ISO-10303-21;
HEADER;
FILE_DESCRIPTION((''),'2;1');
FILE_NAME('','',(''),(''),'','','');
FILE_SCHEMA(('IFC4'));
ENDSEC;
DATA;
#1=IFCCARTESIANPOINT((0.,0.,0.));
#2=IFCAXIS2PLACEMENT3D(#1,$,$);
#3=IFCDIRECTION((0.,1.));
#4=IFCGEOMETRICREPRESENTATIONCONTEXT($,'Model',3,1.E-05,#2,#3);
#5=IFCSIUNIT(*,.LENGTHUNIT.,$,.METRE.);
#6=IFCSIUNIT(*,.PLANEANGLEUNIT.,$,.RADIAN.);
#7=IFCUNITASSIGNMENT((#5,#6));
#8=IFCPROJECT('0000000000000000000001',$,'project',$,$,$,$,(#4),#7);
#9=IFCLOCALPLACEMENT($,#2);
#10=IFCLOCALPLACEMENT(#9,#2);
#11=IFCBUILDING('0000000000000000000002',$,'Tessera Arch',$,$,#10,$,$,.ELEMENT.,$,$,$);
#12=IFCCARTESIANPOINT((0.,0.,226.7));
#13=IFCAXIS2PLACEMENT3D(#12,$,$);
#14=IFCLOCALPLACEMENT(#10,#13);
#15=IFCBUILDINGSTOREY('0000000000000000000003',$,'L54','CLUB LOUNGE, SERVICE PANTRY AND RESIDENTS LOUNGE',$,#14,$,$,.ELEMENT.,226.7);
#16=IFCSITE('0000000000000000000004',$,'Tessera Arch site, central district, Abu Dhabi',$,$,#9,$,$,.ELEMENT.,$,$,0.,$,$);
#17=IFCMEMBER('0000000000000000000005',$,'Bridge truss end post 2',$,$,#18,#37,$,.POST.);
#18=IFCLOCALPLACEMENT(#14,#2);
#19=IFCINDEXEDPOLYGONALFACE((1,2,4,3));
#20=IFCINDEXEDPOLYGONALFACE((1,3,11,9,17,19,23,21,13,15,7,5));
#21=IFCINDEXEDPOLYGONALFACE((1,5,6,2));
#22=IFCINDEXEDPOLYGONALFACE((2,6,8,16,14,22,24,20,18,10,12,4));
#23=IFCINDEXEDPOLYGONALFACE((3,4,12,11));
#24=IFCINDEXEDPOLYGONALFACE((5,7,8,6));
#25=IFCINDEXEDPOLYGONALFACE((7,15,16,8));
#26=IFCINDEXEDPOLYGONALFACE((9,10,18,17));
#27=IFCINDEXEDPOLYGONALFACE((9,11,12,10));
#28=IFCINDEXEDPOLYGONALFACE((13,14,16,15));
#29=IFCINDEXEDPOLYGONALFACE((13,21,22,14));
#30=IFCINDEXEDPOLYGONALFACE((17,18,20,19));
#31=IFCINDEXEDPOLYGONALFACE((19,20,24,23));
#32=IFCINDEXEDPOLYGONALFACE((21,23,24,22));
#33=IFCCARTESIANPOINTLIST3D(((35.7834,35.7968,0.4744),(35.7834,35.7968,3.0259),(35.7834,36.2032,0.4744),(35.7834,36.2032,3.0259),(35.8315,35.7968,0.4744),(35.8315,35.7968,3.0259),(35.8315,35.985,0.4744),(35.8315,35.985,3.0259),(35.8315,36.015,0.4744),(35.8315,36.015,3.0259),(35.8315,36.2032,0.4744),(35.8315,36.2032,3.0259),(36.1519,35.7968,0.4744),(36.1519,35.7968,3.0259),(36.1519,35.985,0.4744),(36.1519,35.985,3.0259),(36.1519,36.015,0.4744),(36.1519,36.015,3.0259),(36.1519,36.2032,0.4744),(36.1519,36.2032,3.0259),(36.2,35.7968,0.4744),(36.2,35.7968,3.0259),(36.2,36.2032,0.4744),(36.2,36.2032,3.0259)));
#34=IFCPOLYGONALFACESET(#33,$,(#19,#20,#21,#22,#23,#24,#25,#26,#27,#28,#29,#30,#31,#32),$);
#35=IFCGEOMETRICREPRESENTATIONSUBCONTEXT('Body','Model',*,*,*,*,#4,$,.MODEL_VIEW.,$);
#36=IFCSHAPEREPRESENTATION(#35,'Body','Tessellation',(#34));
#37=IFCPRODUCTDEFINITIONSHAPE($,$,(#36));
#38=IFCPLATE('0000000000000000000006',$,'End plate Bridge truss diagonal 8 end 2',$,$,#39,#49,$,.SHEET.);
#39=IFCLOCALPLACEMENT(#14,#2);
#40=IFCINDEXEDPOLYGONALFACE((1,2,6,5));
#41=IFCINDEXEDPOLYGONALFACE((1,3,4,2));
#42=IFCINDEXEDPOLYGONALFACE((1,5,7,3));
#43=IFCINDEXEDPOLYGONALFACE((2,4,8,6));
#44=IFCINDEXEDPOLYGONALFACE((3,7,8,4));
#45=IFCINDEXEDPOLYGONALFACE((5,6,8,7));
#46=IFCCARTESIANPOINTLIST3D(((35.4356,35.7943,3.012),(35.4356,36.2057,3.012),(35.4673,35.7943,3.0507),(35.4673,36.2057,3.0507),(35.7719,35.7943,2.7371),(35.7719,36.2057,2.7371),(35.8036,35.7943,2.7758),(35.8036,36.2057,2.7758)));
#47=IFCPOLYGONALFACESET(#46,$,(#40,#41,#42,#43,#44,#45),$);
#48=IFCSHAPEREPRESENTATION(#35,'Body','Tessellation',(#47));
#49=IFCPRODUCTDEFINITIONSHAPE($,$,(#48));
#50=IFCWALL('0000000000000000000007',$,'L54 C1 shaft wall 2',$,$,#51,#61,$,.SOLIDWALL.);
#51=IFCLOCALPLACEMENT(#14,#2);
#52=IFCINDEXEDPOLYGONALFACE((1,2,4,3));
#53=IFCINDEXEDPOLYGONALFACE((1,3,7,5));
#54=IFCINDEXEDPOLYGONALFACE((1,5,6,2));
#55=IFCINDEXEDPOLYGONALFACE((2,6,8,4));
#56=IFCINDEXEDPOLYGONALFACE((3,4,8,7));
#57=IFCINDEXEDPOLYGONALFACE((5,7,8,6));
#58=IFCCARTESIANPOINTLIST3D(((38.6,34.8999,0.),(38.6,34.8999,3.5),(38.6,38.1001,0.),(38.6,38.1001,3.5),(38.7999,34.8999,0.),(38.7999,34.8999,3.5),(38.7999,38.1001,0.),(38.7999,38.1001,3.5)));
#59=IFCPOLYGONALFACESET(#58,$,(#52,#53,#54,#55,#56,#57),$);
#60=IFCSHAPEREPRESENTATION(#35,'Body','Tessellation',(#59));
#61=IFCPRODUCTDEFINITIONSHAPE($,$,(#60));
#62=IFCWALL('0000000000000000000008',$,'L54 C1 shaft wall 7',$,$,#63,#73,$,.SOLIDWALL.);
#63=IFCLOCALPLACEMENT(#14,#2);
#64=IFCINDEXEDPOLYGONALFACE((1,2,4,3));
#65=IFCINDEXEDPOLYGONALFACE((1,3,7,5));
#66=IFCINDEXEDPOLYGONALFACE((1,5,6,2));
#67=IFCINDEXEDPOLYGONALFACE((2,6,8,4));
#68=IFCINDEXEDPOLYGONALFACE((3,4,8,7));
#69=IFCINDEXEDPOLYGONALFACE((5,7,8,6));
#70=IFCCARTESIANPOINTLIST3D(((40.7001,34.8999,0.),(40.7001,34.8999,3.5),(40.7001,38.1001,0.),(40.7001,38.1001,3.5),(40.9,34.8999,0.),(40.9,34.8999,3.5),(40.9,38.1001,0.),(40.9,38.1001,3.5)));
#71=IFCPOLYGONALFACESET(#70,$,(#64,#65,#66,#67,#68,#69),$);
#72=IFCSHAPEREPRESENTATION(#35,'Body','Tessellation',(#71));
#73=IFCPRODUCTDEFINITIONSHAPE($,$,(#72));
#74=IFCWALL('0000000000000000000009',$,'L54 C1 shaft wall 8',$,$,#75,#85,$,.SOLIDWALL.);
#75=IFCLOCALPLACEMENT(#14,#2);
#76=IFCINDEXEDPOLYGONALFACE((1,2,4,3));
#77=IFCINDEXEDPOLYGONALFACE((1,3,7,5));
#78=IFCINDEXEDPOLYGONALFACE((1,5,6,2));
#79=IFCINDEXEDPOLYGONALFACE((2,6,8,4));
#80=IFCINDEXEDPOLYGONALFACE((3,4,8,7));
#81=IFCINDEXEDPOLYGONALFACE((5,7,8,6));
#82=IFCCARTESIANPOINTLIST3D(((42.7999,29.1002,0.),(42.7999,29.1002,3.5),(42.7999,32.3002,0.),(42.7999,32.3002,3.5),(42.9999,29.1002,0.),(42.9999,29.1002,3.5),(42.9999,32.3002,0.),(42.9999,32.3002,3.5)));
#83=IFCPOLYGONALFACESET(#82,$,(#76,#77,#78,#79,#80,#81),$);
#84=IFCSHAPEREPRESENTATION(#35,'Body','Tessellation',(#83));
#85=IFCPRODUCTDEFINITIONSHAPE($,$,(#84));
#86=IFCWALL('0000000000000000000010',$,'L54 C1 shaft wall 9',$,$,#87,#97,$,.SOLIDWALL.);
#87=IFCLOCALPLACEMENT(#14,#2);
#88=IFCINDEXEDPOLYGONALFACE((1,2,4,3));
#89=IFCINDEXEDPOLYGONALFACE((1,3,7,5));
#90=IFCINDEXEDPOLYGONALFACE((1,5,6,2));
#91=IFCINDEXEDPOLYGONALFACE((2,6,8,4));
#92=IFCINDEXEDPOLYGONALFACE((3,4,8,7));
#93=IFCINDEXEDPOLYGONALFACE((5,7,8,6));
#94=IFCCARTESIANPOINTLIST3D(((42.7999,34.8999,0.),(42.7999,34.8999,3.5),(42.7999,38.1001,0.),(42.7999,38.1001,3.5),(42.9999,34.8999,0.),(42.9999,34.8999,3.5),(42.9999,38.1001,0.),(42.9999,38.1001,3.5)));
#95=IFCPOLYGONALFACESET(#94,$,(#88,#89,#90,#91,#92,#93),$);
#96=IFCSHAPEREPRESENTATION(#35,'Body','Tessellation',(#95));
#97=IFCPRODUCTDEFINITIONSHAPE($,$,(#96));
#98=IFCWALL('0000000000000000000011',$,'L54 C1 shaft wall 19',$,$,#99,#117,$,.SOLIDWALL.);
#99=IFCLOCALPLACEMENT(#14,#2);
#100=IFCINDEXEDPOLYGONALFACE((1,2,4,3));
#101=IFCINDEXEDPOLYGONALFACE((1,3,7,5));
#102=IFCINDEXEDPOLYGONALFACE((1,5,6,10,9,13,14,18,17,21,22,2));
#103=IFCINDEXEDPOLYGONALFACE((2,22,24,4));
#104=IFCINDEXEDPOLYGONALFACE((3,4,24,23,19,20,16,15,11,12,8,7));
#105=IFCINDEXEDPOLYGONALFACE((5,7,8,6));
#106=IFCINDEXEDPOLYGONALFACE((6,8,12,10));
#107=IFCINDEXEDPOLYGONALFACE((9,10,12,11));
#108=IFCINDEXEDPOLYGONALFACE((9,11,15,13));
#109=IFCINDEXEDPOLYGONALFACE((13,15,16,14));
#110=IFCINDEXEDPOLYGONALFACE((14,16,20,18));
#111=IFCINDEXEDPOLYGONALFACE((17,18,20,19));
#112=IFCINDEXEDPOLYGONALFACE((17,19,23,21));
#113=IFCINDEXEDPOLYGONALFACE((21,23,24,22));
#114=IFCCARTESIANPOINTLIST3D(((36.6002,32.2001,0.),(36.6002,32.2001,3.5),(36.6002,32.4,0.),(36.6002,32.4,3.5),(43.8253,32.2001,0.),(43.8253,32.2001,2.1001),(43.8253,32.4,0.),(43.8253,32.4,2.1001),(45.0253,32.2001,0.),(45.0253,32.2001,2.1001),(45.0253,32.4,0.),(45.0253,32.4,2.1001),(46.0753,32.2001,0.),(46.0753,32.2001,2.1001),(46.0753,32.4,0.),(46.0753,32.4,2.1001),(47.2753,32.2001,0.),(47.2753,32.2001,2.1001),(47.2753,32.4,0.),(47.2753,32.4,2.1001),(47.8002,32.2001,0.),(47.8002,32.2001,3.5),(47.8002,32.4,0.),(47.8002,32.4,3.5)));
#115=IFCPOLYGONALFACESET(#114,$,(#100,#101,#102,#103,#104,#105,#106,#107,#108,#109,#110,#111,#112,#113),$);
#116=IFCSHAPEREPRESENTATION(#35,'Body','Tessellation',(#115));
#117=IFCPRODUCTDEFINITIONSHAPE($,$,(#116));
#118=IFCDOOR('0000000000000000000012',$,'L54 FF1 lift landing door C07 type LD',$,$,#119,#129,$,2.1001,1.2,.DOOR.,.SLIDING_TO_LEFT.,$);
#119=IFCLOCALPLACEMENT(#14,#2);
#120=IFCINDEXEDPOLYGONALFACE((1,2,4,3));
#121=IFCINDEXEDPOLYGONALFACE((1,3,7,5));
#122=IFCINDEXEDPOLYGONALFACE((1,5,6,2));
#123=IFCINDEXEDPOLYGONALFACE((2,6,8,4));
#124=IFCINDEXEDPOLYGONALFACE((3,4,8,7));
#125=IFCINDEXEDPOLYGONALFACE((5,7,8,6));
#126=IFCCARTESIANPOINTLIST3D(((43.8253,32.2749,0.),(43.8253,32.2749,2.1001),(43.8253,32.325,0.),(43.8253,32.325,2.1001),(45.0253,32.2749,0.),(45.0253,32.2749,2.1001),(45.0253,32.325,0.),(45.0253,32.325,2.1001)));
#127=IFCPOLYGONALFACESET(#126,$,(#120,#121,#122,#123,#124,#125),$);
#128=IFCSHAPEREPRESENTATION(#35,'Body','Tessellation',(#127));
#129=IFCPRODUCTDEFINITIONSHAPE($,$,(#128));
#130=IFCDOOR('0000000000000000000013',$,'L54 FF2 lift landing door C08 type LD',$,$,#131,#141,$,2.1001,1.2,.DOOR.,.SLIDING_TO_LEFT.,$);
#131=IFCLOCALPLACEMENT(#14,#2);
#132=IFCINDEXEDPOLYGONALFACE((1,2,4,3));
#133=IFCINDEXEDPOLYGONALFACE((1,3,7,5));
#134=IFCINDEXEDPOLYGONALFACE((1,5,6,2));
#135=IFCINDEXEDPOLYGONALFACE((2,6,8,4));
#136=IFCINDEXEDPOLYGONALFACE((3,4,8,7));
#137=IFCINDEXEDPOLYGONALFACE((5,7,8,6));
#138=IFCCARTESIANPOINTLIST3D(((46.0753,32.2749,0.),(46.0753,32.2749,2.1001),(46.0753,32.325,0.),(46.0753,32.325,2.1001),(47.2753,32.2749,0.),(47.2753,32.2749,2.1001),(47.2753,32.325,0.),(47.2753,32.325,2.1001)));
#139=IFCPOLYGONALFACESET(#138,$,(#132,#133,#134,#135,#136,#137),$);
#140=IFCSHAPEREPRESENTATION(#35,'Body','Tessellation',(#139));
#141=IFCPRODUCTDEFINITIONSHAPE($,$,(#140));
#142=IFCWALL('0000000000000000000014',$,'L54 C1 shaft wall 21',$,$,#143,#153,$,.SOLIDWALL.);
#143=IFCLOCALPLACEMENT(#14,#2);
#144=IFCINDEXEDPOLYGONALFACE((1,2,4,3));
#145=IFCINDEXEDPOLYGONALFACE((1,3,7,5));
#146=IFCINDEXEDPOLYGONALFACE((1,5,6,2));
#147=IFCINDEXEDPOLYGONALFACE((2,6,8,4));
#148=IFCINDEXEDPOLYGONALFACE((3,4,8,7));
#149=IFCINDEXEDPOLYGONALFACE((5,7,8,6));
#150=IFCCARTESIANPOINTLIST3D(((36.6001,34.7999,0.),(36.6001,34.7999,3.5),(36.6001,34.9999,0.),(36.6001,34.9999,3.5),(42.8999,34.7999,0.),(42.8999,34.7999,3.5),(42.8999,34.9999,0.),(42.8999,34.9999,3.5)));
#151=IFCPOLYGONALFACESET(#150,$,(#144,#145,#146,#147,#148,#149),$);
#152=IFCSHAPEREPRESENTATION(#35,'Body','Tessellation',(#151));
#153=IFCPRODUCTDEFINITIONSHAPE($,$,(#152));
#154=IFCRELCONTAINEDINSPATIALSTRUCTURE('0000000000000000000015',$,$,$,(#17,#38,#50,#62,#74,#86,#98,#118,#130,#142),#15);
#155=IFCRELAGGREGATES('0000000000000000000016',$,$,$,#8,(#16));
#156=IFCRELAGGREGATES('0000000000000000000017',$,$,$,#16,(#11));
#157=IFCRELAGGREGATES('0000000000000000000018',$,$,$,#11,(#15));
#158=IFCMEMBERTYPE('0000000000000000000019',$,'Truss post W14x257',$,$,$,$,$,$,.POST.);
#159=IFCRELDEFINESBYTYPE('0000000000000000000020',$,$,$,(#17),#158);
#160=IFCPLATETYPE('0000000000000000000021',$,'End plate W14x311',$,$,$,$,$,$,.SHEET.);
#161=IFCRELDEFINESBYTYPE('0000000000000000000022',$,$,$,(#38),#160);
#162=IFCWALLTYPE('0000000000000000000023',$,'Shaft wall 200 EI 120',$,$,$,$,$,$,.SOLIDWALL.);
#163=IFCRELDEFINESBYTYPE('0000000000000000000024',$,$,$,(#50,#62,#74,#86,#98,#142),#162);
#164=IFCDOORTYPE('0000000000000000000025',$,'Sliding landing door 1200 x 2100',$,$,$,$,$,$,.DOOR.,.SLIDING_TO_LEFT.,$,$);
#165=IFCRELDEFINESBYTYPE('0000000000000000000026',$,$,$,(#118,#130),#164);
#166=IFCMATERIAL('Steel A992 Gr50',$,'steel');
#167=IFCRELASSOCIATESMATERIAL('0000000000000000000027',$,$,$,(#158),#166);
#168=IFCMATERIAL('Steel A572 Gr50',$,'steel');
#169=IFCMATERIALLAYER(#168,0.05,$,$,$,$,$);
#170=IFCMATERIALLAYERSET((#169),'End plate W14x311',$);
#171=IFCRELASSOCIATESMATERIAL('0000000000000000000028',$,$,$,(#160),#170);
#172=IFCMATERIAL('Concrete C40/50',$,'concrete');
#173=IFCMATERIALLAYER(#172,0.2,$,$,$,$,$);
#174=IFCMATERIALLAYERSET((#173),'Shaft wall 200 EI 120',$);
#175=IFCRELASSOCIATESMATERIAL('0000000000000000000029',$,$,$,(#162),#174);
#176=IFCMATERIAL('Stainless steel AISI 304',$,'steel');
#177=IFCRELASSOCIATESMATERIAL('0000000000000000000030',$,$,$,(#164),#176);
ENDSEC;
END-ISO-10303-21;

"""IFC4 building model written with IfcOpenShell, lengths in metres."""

from ifc_helpers import new_model, si_unit, direction, frame, frame_2d, origin, origin_2d, place, context, subcontext, project, spatial, rectangle, i_section, extrude, material, layer, layer_set, material_profile, profile_set, type_object, element, fill, save


model = new_model("IFC4")

# Units and contexts
model_context = context("Model", 3, precision=1e-05, world=origin(), true_north=direction((0.0, 1.0)))
body_context = subcontext(model_context, "Body", "Model", "MODEL_VIEW")
ifc_project = project(units=[si_unit("LENGTHUNIT", "METRE"), si_unit("PLANEANGLEUNIT", "RADIAN")], contexts=[model_context])

# Site, building, storey
site_placement = place(None, origin())
site = spatial("IfcSite", under=ifc_project, at=site_placement, Name="Tessera Arch site, central district, Abu Dhabi", CompositionType="ELEMENT", RefElevation=0.0)
building_placement = place(site_placement, origin())
building = spatial("IfcBuilding", under=site, at=building_placement, Name="Tessera Arch", CompositionType="ELEMENT")
storey_placement = place(building_placement, frame((0.0, 0.0, 226.7)))
storey = spatial("IfcBuildingStorey", under=building, at=storey_placement, Name="L54", Description="CLUB LOUNGE, SERVICE PANTRY AND RESIDENTS LOUNGE", CompositionType="ELEMENT", Elevation=226.7)

# Member
ifc_material_1 = material(Name="Steel A992 Gr50", Category="steel")
ifc_material_profile = material_profile(ifc_material_1, i_section(OverallWidth=0.4065, OverallDepth=0.4165, WebThickness=0.03, FlangeThickness=0.0481, at=origin_2d()), Name="W14x257")
ifc_profile_set = profile_set([ifc_material_profile], Name="Steel A992 Gr50")
member_type = type_object("IfcMemberType", Name="Truss post W14x257", PredefinedType="POST", material=ifc_profile_set)
member_placement = place(storey_placement, frame((35.9917, 36.0, 0.4744), z_axis=(0.0, 0.0, 1.0), x_axis=(0.0, 1.0, 0.0)))
element("IfcMember", 1, at=member_placement, inside=storey, type_object=member_type, Name="Bridge truss end post 2", PredefinedType="POST", context=body_context, shape_type="SweptSolid", body=[
    extrude(i_section(OverallWidth=0.4065, OverallDepth=0.4165, WebThickness=0.03, FlangeThickness=0.0481, at=origin_2d()), origin(), (0.0, 0.0, 1.0), 2.5515),
])

# Plate
ifc_material_2 = material(Name="Steel A572 Gr50", Category="steel")
ifc_layer_1 = layer(ifc_material_2, 0.05)
ifc_layer_set_1 = layer_set([ifc_layer_1], Name="End plate W14x311")
plate_type = type_object("IfcPlateType", Name="End plate W14x311", PredefinedType="SHEET", material=ifc_layer_set_1)
plate_placement = place(storey_placement, frame((35.6038, 36.0, 2.8745), z_axis=(0.632973, 0.0, 0.774174), x_axis=(0.0, 1.0, 0.0)))
element("IfcPlate", 2, at=plate_placement, inside=storey, type_object=plate_type, Name="End plate Bridge truss diagonal 8 end 2", PredefinedType="SHEET", context=body_context, shape_type="SweptSolid", body=[
    extrude(rectangle(XDim=0.4114, YDim=0.4343, at=origin_2d()), origin(), (0.0, 0.0, 1.0), 0.05),
])

# Walls
ifc_material_3 = material(Name="Concrete C40/50", Category="concrete")
ifc_layer_2 = layer(ifc_material_3, 0.2)
ifc_layer_set_2 = layer_set([ifc_layer_2], Name="Shaft wall 200 EI 120")
wall_type_1 = type_object("IfcWallType", Name="Shaft wall 200 EI 120", PredefinedType="SOLIDWALL", material=ifc_layer_set_2)
for number, where, z_axis, x_axis, name in (
    (3, (38.7, 34.8999, 0.0), (0.0, 0.0, 1.0), (0.0, 1.0, 0.0), "L54 C1 shaft wall 2"),
    (4, (40.8, 34.8999, 0.0), (0.0, 0.0, 1.0), (0.0, 1.0, 0.0), "L54 C1 shaft wall 7"),
):
    element("IfcWall", number, at=place(storey_placement, frame(where, z_axis=z_axis, x_axis=x_axis)), inside=storey, type_object=wall_type_1, Name=name, PredefinedType="SOLIDWALL", context=body_context, shape_type="SweptSolid", body=[
        extrude(rectangle(XDim=3.2002, YDim=0.2, at=frame_2d((1.6001, 0.0))), origin(), (0.0, 0.0, 1.0), 3.5),
    ])
wall_1_placement = place(storey_placement, frame((42.8999, 29.1001, 0.0), z_axis=(0.0, 0.0, 1.0), x_axis=(0.0, 1.0, 0.0)))
element("IfcWall", 5, at=wall_1_placement, inside=storey, type_object=wall_type_1, Name="L54 C1 shaft wall 8", PredefinedType="SOLIDWALL", context=body_context, shape_type="SweptSolid", body=[
    extrude(rectangle(XDim=3.2, YDim=0.2, at=frame_2d((1.6001, 0.0))), origin(), (0.0, 0.0, 1.0), 3.5),
])
wall_2_placement = place(storey_placement, frame((42.8999, 34.8999, 0.0), z_axis=(0.0, 0.0, 1.0), x_axis=(0.0, 1.0, 0.0)))
element("IfcWall", 6, at=wall_2_placement, inside=storey, type_object=wall_type_1, Name="L54 C1 shaft wall 9", PredefinedType="SOLIDWALL", context=body_context, shape_type="SweptSolid", body=[
    extrude(rectangle(XDim=3.2002, YDim=0.2, at=frame_2d((1.6001, 0.0))), origin(), (0.0, 0.0, 1.0), 3.5),
])

# Wall, openings, doors
wall_3_placement = place(storey_placement, frame((36.6001, 32.3, 0.0), z_axis=(0.0, 0.0, 1.0), x_axis=(1.0, 0.0, 0.0)))
wall_3 = element("IfcWall", 7, at=wall_3_placement, inside=storey, type_object=wall_type_1, Name="L54 C1 shaft wall 19", PredefinedType="SOLIDWALL", context=body_context, shape_type="SweptSolid", body=[
    extrude(rectangle(XDim=11.2, YDim=0.2, at=frame_2d((5.6001, 0.0))), origin(), (0.0, 0.0, 1.0), 3.5),
])
opening_1_placement = place(wall_3_placement, frame((7.2251, 0.0, 0.0)))
opening_1 = element("IfcOpeningElement", 8, at=opening_1_placement, cuts=wall_3, PredefinedType="OPENING", context=body_context, shape_type="SweptSolid", body=[
    extrude(rectangle(XDim=1.2, YDim=2.1001, at=frame_2d((0.6001, 1.05))), frame((0.0, 0.1099, 0.0), z_axis=(0.0, -1.0, 0.0), x_axis=(1.0, 0.0, 0.0)), (0.0, 0.0, 1.0), 0.22),
])
opening_2_placement = place(wall_3_placement, frame((9.4751, 0.0, 0.0)))
opening_2 = element("IfcOpeningElement", 9, at=opening_2_placement, cuts=wall_3, PredefinedType="OPENING", context=body_context, shape_type="SweptSolid", body=[
    extrude(rectangle(XDim=1.2, YDim=2.1001, at=frame_2d((0.6001, 1.05))), frame((0.0, 0.1099, 0.0), z_axis=(0.0, -1.0, 0.0), x_axis=(1.0, 0.0, 0.0)), (0.0, 0.0, 1.0), 0.22),
])
ifc_material_4 = material(Name="Stainless steel AISI 304", Category="steel")
door_type = type_object("IfcDoorType", Name="Sliding landing door 1200 x 2100", OperationType="SLIDING_TO_LEFT", PredefinedType="DOOR", material=ifc_material_4)
door_1_placement = place(opening_1_placement, origin())
door_1 = element("IfcDoor", 10, at=door_1_placement, inside=storey, type_object=door_type, Name="L54 FF1 lift landing door C07 type LD", OperationType="SLIDING_TO_LEFT", OverallHeight=2.1001, OverallWidth=1.2, PredefinedType="DOOR", context=body_context, shape_type="SweptSolid", body=[
    extrude(rectangle(XDim=1.2, YDim=2.1001, at=frame_2d((0.6001, 1.05))), frame((0.0, 0.0249, 0.0), z_axis=(0.0, -1.0, 0.0), x_axis=(1.0, 0.0, 0.0)), (0.0, 0.0, 1.0), 0.05),
])
fill(opening_1, door_1)
door_2_placement = place(opening_2_placement, origin())
door_2 = element("IfcDoor", 11, at=door_2_placement, inside=storey, type_object=door_type, Name="L54 FF2 lift landing door C08 type LD", OperationType="SLIDING_TO_LEFT", OverallHeight=2.1001, OverallWidth=1.2, PredefinedType="DOOR", context=body_context, shape_type="SweptSolid", body=[
    extrude(rectangle(XDim=1.2, YDim=2.1001, at=frame_2d((0.6001, 1.05))), frame((0.0, 0.0249, 0.0), z_axis=(0.0, -1.0, 0.0), x_axis=(1.0, 0.0, 0.0)), (0.0, 0.0, 1.0), 0.05),
])
fill(opening_2, door_2)

# Wall
wall_4_placement = place(storey_placement, frame((36.6001, 34.8999, 0.0), z_axis=(0.0, 0.0, 1.0), x_axis=(1.0, 0.0, 0.0)))
element("IfcWall", 12, at=wall_4_placement, inside=storey, type_object=wall_type_1, Name="L54 C1 shaft wall 21", PredefinedType="SOLIDWALL", context=body_context, shape_type="SweptSolid", body=[
    extrude(rectangle(XDim=6.2998, YDim=0.2, at=frame_2d((3.1499, 0.0))), origin(), (0.0, 0.0, 1.0), 3.5),
])

save(model, "model.ifc")
